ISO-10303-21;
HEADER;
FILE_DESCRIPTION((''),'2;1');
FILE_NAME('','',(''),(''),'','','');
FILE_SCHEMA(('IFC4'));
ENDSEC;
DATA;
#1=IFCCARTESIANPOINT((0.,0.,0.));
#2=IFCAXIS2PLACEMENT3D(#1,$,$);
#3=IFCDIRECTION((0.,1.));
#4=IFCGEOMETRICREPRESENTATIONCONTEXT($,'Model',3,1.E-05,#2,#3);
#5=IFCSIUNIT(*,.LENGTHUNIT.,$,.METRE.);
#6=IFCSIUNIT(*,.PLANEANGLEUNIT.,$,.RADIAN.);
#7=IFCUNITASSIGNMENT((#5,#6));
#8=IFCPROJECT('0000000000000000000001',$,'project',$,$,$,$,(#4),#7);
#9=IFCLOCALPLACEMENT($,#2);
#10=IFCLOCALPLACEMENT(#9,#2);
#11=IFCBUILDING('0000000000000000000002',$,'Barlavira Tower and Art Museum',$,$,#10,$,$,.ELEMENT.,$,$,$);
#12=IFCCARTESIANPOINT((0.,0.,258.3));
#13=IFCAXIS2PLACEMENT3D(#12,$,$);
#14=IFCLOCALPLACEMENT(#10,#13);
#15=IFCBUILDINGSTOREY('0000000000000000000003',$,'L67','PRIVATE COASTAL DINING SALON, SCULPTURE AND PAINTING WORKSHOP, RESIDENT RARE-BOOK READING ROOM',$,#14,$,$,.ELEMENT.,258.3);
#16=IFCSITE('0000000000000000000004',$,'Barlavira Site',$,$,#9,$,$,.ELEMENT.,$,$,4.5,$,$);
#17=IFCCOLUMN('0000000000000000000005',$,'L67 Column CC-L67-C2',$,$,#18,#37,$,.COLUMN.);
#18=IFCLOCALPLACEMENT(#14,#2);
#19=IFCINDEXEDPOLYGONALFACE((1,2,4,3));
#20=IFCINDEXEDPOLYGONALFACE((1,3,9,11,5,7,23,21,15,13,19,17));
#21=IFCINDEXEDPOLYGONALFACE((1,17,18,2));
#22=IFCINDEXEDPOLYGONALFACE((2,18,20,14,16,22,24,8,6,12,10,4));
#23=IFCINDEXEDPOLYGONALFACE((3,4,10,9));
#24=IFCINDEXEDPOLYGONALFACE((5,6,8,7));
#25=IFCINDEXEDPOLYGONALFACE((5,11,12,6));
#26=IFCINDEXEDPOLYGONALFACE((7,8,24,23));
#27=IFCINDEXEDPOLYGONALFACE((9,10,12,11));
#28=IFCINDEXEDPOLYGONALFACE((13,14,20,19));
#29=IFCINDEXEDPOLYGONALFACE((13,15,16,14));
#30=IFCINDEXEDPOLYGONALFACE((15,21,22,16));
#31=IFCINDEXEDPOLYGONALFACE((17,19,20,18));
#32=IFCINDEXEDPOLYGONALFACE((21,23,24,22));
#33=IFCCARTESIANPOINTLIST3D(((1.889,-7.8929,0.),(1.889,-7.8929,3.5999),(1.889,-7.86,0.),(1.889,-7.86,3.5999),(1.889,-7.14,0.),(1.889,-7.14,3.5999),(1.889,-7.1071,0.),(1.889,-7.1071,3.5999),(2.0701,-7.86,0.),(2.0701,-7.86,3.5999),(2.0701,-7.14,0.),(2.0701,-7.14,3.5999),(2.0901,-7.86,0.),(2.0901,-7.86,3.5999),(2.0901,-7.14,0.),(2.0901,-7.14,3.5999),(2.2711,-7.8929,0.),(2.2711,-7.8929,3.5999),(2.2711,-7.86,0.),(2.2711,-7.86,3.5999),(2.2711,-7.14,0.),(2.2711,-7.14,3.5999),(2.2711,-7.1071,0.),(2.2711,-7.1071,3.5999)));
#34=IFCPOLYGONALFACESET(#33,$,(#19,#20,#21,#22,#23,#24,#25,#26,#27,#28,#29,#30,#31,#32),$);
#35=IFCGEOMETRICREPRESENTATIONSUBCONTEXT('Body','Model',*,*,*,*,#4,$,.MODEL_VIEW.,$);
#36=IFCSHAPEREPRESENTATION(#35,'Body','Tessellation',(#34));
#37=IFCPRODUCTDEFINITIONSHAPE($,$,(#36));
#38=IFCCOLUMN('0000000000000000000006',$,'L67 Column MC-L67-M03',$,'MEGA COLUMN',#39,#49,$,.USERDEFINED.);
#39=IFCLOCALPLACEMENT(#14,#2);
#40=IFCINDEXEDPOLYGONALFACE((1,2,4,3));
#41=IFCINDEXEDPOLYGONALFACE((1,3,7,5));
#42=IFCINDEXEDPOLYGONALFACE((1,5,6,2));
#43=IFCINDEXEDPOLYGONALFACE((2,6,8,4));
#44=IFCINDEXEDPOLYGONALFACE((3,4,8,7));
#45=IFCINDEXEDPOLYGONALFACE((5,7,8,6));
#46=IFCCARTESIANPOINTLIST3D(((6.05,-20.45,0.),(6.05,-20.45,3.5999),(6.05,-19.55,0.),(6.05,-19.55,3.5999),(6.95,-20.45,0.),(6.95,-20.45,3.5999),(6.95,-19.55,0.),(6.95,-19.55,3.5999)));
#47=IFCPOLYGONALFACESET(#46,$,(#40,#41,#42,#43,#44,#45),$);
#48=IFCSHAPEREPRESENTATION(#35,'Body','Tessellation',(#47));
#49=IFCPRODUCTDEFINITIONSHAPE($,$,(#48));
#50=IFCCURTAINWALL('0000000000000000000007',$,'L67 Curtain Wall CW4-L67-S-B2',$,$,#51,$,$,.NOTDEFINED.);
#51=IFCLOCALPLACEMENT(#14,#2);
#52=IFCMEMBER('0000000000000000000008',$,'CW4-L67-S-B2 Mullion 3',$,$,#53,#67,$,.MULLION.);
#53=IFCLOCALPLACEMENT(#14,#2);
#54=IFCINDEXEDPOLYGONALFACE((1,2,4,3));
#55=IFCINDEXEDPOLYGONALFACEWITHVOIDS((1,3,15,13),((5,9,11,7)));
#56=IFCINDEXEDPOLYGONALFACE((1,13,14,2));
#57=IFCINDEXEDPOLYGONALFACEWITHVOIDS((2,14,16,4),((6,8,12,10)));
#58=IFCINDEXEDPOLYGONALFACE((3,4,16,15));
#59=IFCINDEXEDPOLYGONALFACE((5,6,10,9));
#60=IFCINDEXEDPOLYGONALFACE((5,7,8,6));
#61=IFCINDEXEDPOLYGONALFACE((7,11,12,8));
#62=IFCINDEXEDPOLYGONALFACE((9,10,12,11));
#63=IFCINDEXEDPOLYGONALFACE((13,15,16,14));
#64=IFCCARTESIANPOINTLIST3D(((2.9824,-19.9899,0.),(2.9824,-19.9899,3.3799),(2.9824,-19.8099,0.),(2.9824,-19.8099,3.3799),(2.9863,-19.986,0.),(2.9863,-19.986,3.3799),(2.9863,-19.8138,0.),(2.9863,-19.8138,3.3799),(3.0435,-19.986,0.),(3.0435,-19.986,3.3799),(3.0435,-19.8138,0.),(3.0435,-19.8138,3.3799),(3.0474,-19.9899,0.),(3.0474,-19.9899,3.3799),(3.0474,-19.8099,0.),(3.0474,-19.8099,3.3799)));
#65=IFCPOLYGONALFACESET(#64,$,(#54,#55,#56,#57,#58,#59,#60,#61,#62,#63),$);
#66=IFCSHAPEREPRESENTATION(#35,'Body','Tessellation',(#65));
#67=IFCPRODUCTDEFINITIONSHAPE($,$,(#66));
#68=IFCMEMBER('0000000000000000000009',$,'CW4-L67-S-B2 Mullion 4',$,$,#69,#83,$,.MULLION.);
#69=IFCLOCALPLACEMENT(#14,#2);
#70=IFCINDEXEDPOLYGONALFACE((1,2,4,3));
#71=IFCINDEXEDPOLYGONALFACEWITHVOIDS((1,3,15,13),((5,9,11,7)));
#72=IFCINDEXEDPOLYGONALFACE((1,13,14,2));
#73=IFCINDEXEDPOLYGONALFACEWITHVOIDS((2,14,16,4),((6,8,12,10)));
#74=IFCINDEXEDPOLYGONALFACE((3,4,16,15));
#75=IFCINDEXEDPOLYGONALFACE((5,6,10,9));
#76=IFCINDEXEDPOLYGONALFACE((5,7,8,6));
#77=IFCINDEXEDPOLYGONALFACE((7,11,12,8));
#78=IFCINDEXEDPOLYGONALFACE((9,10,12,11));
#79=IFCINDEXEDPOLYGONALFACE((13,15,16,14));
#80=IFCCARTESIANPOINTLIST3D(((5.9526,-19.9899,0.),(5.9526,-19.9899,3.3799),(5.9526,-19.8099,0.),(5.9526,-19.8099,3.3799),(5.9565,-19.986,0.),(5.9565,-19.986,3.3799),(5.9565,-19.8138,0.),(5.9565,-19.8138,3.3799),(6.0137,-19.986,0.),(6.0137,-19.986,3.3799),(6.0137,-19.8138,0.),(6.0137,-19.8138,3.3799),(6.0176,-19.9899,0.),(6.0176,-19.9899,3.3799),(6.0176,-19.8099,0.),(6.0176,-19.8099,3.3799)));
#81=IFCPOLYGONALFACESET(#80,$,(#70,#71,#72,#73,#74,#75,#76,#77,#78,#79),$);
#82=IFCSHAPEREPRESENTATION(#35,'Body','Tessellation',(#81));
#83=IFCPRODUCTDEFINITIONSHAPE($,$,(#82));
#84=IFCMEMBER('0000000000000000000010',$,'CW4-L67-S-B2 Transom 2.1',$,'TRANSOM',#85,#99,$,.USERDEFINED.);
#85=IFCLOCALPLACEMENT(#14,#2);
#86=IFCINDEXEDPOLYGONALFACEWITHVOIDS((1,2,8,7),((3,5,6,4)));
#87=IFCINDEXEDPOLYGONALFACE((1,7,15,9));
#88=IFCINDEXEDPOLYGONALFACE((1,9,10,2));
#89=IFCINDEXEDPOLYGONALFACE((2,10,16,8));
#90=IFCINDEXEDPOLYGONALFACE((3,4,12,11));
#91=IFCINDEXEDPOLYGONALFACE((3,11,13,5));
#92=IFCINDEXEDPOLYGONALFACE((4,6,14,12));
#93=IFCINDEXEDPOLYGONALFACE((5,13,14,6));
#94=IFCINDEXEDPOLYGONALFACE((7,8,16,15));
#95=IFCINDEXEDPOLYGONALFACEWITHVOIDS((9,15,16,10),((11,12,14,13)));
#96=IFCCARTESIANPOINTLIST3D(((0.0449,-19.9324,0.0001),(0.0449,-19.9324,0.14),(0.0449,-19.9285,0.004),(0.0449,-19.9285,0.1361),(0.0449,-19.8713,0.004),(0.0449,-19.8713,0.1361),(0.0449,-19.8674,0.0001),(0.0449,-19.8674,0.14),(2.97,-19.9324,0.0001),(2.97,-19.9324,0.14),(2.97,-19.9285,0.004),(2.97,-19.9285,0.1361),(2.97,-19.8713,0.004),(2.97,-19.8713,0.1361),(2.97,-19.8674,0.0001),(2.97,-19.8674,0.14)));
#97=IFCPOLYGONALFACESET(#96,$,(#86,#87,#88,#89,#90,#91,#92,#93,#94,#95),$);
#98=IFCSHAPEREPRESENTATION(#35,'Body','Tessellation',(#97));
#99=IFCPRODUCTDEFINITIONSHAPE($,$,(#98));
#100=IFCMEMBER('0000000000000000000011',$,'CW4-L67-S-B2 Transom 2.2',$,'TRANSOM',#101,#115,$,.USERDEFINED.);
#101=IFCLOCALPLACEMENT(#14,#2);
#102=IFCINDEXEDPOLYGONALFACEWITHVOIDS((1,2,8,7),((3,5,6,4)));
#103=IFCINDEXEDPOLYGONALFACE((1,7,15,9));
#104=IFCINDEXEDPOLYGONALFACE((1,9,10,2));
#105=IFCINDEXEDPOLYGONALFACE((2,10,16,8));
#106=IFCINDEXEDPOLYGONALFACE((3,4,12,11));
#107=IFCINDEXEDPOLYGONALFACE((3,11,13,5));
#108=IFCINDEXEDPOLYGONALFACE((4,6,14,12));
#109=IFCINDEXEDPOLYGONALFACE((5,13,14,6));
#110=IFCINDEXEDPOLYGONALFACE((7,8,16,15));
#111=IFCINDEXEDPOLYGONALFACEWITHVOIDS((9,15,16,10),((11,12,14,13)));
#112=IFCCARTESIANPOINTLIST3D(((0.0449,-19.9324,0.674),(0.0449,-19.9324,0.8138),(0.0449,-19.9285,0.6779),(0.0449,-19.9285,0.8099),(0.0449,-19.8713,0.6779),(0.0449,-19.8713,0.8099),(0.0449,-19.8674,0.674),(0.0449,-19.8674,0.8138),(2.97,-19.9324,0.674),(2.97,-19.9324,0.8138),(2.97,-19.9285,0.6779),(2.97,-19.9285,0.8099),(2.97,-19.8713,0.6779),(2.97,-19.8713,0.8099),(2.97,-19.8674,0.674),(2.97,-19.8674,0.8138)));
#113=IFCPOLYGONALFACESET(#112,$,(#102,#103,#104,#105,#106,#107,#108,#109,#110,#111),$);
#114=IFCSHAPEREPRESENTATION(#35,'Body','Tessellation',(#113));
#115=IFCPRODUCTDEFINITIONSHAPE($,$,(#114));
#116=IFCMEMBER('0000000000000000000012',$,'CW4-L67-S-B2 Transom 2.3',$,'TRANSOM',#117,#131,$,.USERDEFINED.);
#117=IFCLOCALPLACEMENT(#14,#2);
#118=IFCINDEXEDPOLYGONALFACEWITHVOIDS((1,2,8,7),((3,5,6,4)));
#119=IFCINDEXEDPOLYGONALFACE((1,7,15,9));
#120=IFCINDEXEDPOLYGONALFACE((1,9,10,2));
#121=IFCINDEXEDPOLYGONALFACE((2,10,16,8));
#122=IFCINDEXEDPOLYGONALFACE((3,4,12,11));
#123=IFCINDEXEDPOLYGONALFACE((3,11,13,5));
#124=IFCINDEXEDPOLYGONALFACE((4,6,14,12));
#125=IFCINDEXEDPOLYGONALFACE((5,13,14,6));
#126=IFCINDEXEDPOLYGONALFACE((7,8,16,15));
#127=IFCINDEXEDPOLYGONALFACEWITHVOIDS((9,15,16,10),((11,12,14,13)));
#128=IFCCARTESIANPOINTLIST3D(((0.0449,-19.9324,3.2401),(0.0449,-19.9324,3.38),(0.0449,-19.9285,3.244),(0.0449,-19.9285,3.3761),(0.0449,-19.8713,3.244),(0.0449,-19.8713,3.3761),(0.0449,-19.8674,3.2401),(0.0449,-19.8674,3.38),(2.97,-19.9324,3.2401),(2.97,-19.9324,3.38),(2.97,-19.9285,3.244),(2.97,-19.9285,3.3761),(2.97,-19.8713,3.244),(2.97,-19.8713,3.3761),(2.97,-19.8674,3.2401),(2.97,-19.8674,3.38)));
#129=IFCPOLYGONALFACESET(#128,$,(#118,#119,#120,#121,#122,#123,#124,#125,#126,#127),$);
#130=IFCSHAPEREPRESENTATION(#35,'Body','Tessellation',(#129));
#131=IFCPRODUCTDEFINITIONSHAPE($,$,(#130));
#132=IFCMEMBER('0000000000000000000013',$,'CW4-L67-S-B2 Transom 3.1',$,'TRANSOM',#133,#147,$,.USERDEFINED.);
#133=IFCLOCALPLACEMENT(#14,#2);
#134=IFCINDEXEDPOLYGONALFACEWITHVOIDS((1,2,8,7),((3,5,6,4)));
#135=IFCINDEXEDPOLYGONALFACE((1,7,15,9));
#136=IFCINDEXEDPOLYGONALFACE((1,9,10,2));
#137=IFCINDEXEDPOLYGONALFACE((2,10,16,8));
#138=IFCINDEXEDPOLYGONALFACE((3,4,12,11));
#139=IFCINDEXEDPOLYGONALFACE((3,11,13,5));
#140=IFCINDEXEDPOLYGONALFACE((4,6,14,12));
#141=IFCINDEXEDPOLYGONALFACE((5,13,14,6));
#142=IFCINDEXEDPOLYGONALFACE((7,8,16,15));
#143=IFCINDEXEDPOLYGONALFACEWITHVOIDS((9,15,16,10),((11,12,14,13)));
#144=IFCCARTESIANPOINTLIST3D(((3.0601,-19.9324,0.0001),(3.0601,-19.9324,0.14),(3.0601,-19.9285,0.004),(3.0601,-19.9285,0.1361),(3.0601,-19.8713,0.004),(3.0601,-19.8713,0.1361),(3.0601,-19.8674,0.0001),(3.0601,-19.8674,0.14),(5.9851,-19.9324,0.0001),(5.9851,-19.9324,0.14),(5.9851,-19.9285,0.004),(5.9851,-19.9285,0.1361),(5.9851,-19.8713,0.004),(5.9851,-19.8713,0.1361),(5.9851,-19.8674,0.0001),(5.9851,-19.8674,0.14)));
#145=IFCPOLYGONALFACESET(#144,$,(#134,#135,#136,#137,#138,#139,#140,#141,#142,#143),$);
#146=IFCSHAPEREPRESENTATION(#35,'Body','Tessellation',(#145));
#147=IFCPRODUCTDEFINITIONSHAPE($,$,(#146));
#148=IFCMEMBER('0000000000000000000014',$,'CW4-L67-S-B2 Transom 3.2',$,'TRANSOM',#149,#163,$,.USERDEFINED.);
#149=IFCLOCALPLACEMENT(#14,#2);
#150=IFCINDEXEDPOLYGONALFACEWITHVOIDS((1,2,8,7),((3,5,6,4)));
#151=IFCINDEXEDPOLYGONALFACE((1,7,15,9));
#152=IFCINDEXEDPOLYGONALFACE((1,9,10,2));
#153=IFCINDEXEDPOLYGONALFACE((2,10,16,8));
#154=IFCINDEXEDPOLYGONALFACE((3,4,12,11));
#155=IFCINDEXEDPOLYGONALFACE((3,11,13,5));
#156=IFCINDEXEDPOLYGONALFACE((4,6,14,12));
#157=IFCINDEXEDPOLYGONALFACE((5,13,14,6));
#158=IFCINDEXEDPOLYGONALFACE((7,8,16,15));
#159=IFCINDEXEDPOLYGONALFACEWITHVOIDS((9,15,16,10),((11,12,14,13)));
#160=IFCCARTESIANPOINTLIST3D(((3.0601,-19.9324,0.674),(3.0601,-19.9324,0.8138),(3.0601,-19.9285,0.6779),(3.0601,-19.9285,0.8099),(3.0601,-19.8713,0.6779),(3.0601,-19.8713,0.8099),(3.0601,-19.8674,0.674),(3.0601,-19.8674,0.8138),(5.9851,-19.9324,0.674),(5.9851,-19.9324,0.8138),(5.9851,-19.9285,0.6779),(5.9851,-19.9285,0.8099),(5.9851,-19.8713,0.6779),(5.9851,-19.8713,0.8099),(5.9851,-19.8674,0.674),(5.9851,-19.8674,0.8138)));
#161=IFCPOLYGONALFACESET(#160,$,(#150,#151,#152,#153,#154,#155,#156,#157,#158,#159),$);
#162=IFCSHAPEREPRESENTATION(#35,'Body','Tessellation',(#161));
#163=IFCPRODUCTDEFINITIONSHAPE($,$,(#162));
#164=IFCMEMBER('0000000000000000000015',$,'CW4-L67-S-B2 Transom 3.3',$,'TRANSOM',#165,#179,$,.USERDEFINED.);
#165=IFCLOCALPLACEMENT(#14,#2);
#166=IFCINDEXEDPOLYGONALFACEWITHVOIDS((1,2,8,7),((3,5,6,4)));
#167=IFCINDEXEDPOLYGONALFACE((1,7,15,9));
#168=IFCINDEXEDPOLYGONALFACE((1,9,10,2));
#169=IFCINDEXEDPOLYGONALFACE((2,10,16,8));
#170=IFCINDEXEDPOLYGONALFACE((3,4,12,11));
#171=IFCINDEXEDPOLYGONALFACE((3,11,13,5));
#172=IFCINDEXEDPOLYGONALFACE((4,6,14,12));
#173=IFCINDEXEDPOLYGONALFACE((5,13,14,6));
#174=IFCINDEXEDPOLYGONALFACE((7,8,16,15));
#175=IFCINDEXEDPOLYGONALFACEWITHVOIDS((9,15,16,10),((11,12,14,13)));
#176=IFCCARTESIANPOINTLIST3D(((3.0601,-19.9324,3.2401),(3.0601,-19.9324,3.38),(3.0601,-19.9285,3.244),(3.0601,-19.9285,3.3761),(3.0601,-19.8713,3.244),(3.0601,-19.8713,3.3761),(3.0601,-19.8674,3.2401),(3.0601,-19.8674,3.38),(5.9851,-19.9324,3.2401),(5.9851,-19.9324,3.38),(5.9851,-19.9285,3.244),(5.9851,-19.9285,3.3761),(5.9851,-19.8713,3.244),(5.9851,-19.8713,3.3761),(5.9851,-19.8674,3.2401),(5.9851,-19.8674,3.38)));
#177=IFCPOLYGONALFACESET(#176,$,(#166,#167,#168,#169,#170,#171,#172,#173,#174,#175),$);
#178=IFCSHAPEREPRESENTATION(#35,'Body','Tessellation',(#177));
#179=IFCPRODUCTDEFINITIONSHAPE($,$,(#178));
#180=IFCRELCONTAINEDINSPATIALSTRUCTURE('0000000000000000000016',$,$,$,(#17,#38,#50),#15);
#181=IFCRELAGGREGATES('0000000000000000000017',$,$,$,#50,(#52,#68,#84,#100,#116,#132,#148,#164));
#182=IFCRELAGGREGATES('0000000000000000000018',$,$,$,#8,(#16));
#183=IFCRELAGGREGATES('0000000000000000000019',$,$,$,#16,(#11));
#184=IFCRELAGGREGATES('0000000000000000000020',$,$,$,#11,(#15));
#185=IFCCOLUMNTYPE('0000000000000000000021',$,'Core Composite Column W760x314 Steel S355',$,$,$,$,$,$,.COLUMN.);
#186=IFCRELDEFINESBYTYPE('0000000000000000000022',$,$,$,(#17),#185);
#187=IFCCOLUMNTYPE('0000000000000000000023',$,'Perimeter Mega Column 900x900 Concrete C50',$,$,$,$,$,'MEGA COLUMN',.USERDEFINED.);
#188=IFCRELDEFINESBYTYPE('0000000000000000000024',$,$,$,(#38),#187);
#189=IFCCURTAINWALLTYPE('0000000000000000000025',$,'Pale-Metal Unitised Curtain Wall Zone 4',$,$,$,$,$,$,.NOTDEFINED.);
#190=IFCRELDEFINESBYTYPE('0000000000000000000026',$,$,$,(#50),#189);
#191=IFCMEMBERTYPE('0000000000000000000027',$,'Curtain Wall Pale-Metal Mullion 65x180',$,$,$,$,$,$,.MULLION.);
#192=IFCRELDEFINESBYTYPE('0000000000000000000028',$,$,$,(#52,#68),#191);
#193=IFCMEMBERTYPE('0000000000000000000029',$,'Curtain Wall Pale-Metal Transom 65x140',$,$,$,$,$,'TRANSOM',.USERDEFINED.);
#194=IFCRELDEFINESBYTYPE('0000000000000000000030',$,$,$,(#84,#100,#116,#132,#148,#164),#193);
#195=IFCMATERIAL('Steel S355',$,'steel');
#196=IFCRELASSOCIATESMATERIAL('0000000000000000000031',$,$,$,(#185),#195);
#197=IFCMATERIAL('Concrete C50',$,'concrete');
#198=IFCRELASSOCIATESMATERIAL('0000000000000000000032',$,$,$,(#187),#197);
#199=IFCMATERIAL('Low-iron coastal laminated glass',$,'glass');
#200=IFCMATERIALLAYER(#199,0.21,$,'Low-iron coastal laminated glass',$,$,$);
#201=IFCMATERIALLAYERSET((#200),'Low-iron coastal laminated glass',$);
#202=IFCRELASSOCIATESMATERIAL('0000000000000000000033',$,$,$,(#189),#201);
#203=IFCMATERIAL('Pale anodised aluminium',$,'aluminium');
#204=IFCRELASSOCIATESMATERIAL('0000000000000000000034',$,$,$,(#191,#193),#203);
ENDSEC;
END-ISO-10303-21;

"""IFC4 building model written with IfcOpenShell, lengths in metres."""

from ifc_helpers import new_model, si_unit, direction, frame, origin, origin_2d, place, context, subcontext, project, spatial, rectangle, hollow_rectangle, i_section, extrude, material, layer, layer_set, material_profile, profile_set, type_object, element, aggregate, save


model = new_model("IFC4")

# Units and contexts
model_context = context("Model", 3, precision=1e-05, world=origin(), true_north=direction((0.0, 1.0)))
body_context = subcontext(model_context, "Body", "Model", "MODEL_VIEW")
ifc_project = project(units=[si_unit("LENGTHUNIT", "METRE"), si_unit("PLANEANGLEUNIT", "RADIAN")], contexts=[model_context])

# Site, building, storey
site_placement = place(None, origin())
site = spatial("IfcSite", under=ifc_project, at=site_placement, Name="Barlavira Site", CompositionType="ELEMENT", RefElevation=4.5)
building_placement = place(site_placement, origin())
building = spatial("IfcBuilding", under=site, at=building_placement, Name="Barlavira Tower and Art Museum", CompositionType="ELEMENT")
storey_placement = place(building_placement, frame((0.0, 0.0, 258.3)))
storey = spatial("IfcBuildingStorey", under=building, at=storey_placement, Name="L67", Description="PRIVATE COASTAL DINING SALON, SCULPTURE AND PAINTING WORKSHOP, RESIDENT RARE-BOOK READING ROOM", CompositionType="ELEMENT", Elevation=258.3)

# Columns
ifc_material_1 = material(Name="Steel S355", Category="steel")
ifc_material_profile_1 = material_profile(ifc_material_1, i_section(OverallWidth=0.3821, OverallDepth=0.7859, WebThickness=0.02, FlangeThickness=0.033, at=origin_2d()), Name="W760x314.0")
ifc_profile_set_1 = profile_set([ifc_material_profile_1], Name="Steel S355")
column_type_1 = type_object("IfcColumnType", Name="Core Composite Column W760x314 Steel S355", PredefinedType="COLUMN", material=ifc_profile_set_1)
column_1_placement = place(storey_placement, frame((2.0801, -7.5, 0.0), z_axis=(0.0, 0.0, 1.0), x_axis=(1.0, 0.0, 0.0)))
element("IfcColumn", 1, at=column_1_placement, inside=storey, type_object=column_type_1, Name="L67 Column CC-L67-C2", PredefinedType="COLUMN", context=body_context, shape_type="SweptSolid", body=[
    extrude(i_section(OverallWidth=0.3821, OverallDepth=0.7859, WebThickness=0.02, FlangeThickness=0.033, at=origin_2d()), origin(), (0.0, 0.0, 1.0), 3.5999),
])
ifc_material_2 = material(Name="Concrete C50", Category="concrete")
ifc_material_profile_2 = material_profile(ifc_material_2, rectangle(XDim=0.8999, YDim=0.8999, at=origin_2d()), Name="RC-COL 900x900")
ifc_profile_set_2 = profile_set([ifc_material_profile_2], Name="Concrete C50")
column_type_2 = type_object("IfcColumnType", Name="Perimeter Mega Column 900x900 Concrete C50", ElementType="MEGA COLUMN", PredefinedType="USERDEFINED", material=ifc_profile_set_2)
column_2_placement = place(storey_placement, frame((6.5, -20.0, 0.0), z_axis=(0.0, 0.0, 1.0), x_axis=(1.0, 0.0, 0.0)))
element("IfcColumn", 2, at=column_2_placement, inside=storey, type_object=column_type_2, Name="L67 Column MC-L67-M03", ObjectType="MEGA COLUMN", PredefinedType="USERDEFINED", context=body_context, shape_type="SweptSolid", body=[
    extrude(rectangle(XDim=0.8999, YDim=0.8999, at=origin_2d()), origin(), (0.0, 0.0, 1.0), 3.5999),
])

# Curtain wall, members
ifc_material_3 = material(Name="Low-iron coastal laminated glass", Category="glass")
ifc_layer_1 = layer(ifc_material_3, 0.21, Name="Low-iron coastal laminated glass")
ifc_layer_set_1 = layer_set([ifc_layer_1], Name="Low-iron coastal laminated glass")
curtain_wall_type = type_object("IfcCurtainWallType", Name="Pale-Metal Unitised Curtain Wall Zone 4", PredefinedType="NOTDEFINED", material=ifc_layer_set_1)
curtain_wall_placement = place(storey_placement, origin())
curtain_wall = element("IfcCurtainWall", 3, at=curtain_wall_placement, inside=storey, type_object=curtain_wall_type, Name="L67 Curtain Wall CW4-L67-S-B2", PredefinedType="NOTDEFINED")
ifc_material_4 = material(Name="Pale anodised aluminium", Category="aluminium")
ifc_material_profile_3 = material_profile(ifc_material_4, hollow_rectangle(XDim=0.0649, YDim=0.1799, WallThickness=0.0039, at=origin_2d()), Name="ALU-MULL 65x180x4")
ifc_profile_set_3 = profile_set([ifc_material_profile_3], Name="Pale anodised aluminium")
member_type_1 = type_object("IfcMemberType", Name="Curtain Wall Pale-Metal Mullion 65x180", PredefinedType="MULLION", material=ifc_profile_set_3)
member_1_placement = place(storey_placement, frame((3.0149, -19.8999, 0.0), z_axis=(0.0, 0.0, 1.0), x_axis=(1.0, 0.0, 0.0)))
member_1 = element("IfcMember", 4, at=member_1_placement, type_object=member_type_1, Name="CW4-L67-S-B2 Mullion 3", PredefinedType="MULLION", context=body_context, shape_type="SweptSolid", body=[
    extrude(hollow_rectangle(XDim=0.0649, YDim=0.1799, WallThickness=0.0039, at=origin_2d()), origin(), (0.0, 0.0, 1.0), 3.3799),
])
member_2_placement = place(storey_placement, frame((5.9851, -19.8999, 0.0), z_axis=(0.0, 0.0, 1.0), x_axis=(1.0, 0.0, 0.0)))
member_2 = element("IfcMember", 5, at=member_2_placement, type_object=member_type_1, Name="CW4-L67-S-B2 Mullion 4", PredefinedType="MULLION", context=body_context, shape_type="SweptSolid", body=[
    extrude(hollow_rectangle(XDim=0.0649, YDim=0.1799, WallThickness=0.0039, at=origin_2d()), origin(), (0.0, 0.0, 1.0), 3.3799),
])
ifc_material_profile_4 = material_profile(ifc_material_4, hollow_rectangle(XDim=0.0649, YDim=0.1399, WallThickness=0.0039, at=origin_2d()), Name="ALU-TRAN 65x140x4")
ifc_profile_set_4 = profile_set([ifc_material_profile_4], Name="Pale anodised aluminium")
member_type_2 = type_object("IfcMemberType", Name="Curtain Wall Pale-Metal Transom 65x140", ElementType="TRANSOM", PredefinedType="USERDEFINED", material=ifc_profile_set_4)
member_3_placement = place(storey_placement, frame((0.0449, -19.8999, 0.0701), z_axis=(1.0, 0.0, 0.0), x_axis=(0.0, 1.0, 0.0)))
member_3 = element("IfcMember", 6, at=member_3_placement, type_object=member_type_2, Name="CW4-L67-S-B2 Transom 2.1", ObjectType="TRANSOM", PredefinedType="USERDEFINED", context=body_context, shape_type="SweptSolid", body=[
    extrude(hollow_rectangle(XDim=0.0649, YDim=0.1399, WallThickness=0.0039, at=origin_2d()), origin(), (0.0, 0.0, 1.0), 2.925),
])
member_4_placement = place(storey_placement, frame((0.0449, -19.8999, 0.7439), z_axis=(1.0, 0.0, 0.0), x_axis=(0.0, 1.0, 0.0)))
member_4 = element("IfcMember", 7, at=member_4_placement, type_object=member_type_2, Name="CW4-L67-S-B2 Transom 2.2", ObjectType="TRANSOM", PredefinedType="USERDEFINED", context=body_context, shape_type="SweptSolid", body=[
    extrude(hollow_rectangle(XDim=0.0649, YDim=0.1399, WallThickness=0.0039, at=origin_2d()), origin(), (0.0, 0.0, 1.0), 2.925),
])
member_5_placement = place(storey_placement, frame((0.0449, -19.8999, 3.3101), z_axis=(1.0, 0.0, 0.0), x_axis=(0.0, 1.0, 0.0)))
member_5 = element("IfcMember", 8, at=member_5_placement, type_object=member_type_2, Name="CW4-L67-S-B2 Transom 2.3", ObjectType="TRANSOM", PredefinedType="USERDEFINED", context=body_context, shape_type="SweptSolid", body=[
    extrude(hollow_rectangle(XDim=0.0649, YDim=0.1399, WallThickness=0.0039, at=origin_2d()), origin(), (0.0, 0.0, 1.0), 2.925),
])
member_6_placement = place(storey_placement, frame((3.0601, -19.8999, 0.0701), z_axis=(1.0, 0.0, 0.0), x_axis=(0.0, 1.0, 0.0)))
member_6 = element("IfcMember", 9, at=member_6_placement, type_object=member_type_2, Name="CW4-L67-S-B2 Transom 3.1", ObjectType="TRANSOM", PredefinedType="USERDEFINED", context=body_context, shape_type="SweptSolid", body=[
    extrude(hollow_rectangle(XDim=0.0649, YDim=0.1399, WallThickness=0.0039, at=origin_2d()), origin(), (0.0, 0.0, 1.0), 2.925),
])
member_7_placement = place(storey_placement, frame((3.0601, -19.8999, 0.7439), z_axis=(1.0, 0.0, 0.0), x_axis=(0.0, 1.0, 0.0)))
member_7 = element("IfcMember", 10, at=member_7_placement, type_object=member_type_2, Name="CW4-L67-S-B2 Transom 3.2", ObjectType="TRANSOM", PredefinedType="USERDEFINED", context=body_context, shape_type="SweptSolid", body=[
    extrude(hollow_rectangle(XDim=0.0649, YDim=0.1399, WallThickness=0.0039, at=origin_2d()), origin(), (0.0, 0.0, 1.0), 2.925),
])
member_8_placement = place(storey_placement, frame((3.0601, -19.8999, 3.3101), z_axis=(1.0, 0.0, 0.0), x_axis=(0.0, 1.0, 0.0)))
member_8 = element("IfcMember", 11, at=member_8_placement, type_object=member_type_2, Name="CW4-L67-S-B2 Transom 3.3", ObjectType="TRANSOM", PredefinedType="USERDEFINED", context=body_context, shape_type="SweptSolid", body=[
    extrude(hollow_rectangle(XDim=0.0649, YDim=0.1399, WallThickness=0.0039, at=origin_2d()), origin(), (0.0, 0.0, 1.0), 2.925),
])

aggregate(curtain_wall, [member_1, member_2, member_3, member_4, member_5, member_6, member_7, member_8])

save(model, "model.ifc")
